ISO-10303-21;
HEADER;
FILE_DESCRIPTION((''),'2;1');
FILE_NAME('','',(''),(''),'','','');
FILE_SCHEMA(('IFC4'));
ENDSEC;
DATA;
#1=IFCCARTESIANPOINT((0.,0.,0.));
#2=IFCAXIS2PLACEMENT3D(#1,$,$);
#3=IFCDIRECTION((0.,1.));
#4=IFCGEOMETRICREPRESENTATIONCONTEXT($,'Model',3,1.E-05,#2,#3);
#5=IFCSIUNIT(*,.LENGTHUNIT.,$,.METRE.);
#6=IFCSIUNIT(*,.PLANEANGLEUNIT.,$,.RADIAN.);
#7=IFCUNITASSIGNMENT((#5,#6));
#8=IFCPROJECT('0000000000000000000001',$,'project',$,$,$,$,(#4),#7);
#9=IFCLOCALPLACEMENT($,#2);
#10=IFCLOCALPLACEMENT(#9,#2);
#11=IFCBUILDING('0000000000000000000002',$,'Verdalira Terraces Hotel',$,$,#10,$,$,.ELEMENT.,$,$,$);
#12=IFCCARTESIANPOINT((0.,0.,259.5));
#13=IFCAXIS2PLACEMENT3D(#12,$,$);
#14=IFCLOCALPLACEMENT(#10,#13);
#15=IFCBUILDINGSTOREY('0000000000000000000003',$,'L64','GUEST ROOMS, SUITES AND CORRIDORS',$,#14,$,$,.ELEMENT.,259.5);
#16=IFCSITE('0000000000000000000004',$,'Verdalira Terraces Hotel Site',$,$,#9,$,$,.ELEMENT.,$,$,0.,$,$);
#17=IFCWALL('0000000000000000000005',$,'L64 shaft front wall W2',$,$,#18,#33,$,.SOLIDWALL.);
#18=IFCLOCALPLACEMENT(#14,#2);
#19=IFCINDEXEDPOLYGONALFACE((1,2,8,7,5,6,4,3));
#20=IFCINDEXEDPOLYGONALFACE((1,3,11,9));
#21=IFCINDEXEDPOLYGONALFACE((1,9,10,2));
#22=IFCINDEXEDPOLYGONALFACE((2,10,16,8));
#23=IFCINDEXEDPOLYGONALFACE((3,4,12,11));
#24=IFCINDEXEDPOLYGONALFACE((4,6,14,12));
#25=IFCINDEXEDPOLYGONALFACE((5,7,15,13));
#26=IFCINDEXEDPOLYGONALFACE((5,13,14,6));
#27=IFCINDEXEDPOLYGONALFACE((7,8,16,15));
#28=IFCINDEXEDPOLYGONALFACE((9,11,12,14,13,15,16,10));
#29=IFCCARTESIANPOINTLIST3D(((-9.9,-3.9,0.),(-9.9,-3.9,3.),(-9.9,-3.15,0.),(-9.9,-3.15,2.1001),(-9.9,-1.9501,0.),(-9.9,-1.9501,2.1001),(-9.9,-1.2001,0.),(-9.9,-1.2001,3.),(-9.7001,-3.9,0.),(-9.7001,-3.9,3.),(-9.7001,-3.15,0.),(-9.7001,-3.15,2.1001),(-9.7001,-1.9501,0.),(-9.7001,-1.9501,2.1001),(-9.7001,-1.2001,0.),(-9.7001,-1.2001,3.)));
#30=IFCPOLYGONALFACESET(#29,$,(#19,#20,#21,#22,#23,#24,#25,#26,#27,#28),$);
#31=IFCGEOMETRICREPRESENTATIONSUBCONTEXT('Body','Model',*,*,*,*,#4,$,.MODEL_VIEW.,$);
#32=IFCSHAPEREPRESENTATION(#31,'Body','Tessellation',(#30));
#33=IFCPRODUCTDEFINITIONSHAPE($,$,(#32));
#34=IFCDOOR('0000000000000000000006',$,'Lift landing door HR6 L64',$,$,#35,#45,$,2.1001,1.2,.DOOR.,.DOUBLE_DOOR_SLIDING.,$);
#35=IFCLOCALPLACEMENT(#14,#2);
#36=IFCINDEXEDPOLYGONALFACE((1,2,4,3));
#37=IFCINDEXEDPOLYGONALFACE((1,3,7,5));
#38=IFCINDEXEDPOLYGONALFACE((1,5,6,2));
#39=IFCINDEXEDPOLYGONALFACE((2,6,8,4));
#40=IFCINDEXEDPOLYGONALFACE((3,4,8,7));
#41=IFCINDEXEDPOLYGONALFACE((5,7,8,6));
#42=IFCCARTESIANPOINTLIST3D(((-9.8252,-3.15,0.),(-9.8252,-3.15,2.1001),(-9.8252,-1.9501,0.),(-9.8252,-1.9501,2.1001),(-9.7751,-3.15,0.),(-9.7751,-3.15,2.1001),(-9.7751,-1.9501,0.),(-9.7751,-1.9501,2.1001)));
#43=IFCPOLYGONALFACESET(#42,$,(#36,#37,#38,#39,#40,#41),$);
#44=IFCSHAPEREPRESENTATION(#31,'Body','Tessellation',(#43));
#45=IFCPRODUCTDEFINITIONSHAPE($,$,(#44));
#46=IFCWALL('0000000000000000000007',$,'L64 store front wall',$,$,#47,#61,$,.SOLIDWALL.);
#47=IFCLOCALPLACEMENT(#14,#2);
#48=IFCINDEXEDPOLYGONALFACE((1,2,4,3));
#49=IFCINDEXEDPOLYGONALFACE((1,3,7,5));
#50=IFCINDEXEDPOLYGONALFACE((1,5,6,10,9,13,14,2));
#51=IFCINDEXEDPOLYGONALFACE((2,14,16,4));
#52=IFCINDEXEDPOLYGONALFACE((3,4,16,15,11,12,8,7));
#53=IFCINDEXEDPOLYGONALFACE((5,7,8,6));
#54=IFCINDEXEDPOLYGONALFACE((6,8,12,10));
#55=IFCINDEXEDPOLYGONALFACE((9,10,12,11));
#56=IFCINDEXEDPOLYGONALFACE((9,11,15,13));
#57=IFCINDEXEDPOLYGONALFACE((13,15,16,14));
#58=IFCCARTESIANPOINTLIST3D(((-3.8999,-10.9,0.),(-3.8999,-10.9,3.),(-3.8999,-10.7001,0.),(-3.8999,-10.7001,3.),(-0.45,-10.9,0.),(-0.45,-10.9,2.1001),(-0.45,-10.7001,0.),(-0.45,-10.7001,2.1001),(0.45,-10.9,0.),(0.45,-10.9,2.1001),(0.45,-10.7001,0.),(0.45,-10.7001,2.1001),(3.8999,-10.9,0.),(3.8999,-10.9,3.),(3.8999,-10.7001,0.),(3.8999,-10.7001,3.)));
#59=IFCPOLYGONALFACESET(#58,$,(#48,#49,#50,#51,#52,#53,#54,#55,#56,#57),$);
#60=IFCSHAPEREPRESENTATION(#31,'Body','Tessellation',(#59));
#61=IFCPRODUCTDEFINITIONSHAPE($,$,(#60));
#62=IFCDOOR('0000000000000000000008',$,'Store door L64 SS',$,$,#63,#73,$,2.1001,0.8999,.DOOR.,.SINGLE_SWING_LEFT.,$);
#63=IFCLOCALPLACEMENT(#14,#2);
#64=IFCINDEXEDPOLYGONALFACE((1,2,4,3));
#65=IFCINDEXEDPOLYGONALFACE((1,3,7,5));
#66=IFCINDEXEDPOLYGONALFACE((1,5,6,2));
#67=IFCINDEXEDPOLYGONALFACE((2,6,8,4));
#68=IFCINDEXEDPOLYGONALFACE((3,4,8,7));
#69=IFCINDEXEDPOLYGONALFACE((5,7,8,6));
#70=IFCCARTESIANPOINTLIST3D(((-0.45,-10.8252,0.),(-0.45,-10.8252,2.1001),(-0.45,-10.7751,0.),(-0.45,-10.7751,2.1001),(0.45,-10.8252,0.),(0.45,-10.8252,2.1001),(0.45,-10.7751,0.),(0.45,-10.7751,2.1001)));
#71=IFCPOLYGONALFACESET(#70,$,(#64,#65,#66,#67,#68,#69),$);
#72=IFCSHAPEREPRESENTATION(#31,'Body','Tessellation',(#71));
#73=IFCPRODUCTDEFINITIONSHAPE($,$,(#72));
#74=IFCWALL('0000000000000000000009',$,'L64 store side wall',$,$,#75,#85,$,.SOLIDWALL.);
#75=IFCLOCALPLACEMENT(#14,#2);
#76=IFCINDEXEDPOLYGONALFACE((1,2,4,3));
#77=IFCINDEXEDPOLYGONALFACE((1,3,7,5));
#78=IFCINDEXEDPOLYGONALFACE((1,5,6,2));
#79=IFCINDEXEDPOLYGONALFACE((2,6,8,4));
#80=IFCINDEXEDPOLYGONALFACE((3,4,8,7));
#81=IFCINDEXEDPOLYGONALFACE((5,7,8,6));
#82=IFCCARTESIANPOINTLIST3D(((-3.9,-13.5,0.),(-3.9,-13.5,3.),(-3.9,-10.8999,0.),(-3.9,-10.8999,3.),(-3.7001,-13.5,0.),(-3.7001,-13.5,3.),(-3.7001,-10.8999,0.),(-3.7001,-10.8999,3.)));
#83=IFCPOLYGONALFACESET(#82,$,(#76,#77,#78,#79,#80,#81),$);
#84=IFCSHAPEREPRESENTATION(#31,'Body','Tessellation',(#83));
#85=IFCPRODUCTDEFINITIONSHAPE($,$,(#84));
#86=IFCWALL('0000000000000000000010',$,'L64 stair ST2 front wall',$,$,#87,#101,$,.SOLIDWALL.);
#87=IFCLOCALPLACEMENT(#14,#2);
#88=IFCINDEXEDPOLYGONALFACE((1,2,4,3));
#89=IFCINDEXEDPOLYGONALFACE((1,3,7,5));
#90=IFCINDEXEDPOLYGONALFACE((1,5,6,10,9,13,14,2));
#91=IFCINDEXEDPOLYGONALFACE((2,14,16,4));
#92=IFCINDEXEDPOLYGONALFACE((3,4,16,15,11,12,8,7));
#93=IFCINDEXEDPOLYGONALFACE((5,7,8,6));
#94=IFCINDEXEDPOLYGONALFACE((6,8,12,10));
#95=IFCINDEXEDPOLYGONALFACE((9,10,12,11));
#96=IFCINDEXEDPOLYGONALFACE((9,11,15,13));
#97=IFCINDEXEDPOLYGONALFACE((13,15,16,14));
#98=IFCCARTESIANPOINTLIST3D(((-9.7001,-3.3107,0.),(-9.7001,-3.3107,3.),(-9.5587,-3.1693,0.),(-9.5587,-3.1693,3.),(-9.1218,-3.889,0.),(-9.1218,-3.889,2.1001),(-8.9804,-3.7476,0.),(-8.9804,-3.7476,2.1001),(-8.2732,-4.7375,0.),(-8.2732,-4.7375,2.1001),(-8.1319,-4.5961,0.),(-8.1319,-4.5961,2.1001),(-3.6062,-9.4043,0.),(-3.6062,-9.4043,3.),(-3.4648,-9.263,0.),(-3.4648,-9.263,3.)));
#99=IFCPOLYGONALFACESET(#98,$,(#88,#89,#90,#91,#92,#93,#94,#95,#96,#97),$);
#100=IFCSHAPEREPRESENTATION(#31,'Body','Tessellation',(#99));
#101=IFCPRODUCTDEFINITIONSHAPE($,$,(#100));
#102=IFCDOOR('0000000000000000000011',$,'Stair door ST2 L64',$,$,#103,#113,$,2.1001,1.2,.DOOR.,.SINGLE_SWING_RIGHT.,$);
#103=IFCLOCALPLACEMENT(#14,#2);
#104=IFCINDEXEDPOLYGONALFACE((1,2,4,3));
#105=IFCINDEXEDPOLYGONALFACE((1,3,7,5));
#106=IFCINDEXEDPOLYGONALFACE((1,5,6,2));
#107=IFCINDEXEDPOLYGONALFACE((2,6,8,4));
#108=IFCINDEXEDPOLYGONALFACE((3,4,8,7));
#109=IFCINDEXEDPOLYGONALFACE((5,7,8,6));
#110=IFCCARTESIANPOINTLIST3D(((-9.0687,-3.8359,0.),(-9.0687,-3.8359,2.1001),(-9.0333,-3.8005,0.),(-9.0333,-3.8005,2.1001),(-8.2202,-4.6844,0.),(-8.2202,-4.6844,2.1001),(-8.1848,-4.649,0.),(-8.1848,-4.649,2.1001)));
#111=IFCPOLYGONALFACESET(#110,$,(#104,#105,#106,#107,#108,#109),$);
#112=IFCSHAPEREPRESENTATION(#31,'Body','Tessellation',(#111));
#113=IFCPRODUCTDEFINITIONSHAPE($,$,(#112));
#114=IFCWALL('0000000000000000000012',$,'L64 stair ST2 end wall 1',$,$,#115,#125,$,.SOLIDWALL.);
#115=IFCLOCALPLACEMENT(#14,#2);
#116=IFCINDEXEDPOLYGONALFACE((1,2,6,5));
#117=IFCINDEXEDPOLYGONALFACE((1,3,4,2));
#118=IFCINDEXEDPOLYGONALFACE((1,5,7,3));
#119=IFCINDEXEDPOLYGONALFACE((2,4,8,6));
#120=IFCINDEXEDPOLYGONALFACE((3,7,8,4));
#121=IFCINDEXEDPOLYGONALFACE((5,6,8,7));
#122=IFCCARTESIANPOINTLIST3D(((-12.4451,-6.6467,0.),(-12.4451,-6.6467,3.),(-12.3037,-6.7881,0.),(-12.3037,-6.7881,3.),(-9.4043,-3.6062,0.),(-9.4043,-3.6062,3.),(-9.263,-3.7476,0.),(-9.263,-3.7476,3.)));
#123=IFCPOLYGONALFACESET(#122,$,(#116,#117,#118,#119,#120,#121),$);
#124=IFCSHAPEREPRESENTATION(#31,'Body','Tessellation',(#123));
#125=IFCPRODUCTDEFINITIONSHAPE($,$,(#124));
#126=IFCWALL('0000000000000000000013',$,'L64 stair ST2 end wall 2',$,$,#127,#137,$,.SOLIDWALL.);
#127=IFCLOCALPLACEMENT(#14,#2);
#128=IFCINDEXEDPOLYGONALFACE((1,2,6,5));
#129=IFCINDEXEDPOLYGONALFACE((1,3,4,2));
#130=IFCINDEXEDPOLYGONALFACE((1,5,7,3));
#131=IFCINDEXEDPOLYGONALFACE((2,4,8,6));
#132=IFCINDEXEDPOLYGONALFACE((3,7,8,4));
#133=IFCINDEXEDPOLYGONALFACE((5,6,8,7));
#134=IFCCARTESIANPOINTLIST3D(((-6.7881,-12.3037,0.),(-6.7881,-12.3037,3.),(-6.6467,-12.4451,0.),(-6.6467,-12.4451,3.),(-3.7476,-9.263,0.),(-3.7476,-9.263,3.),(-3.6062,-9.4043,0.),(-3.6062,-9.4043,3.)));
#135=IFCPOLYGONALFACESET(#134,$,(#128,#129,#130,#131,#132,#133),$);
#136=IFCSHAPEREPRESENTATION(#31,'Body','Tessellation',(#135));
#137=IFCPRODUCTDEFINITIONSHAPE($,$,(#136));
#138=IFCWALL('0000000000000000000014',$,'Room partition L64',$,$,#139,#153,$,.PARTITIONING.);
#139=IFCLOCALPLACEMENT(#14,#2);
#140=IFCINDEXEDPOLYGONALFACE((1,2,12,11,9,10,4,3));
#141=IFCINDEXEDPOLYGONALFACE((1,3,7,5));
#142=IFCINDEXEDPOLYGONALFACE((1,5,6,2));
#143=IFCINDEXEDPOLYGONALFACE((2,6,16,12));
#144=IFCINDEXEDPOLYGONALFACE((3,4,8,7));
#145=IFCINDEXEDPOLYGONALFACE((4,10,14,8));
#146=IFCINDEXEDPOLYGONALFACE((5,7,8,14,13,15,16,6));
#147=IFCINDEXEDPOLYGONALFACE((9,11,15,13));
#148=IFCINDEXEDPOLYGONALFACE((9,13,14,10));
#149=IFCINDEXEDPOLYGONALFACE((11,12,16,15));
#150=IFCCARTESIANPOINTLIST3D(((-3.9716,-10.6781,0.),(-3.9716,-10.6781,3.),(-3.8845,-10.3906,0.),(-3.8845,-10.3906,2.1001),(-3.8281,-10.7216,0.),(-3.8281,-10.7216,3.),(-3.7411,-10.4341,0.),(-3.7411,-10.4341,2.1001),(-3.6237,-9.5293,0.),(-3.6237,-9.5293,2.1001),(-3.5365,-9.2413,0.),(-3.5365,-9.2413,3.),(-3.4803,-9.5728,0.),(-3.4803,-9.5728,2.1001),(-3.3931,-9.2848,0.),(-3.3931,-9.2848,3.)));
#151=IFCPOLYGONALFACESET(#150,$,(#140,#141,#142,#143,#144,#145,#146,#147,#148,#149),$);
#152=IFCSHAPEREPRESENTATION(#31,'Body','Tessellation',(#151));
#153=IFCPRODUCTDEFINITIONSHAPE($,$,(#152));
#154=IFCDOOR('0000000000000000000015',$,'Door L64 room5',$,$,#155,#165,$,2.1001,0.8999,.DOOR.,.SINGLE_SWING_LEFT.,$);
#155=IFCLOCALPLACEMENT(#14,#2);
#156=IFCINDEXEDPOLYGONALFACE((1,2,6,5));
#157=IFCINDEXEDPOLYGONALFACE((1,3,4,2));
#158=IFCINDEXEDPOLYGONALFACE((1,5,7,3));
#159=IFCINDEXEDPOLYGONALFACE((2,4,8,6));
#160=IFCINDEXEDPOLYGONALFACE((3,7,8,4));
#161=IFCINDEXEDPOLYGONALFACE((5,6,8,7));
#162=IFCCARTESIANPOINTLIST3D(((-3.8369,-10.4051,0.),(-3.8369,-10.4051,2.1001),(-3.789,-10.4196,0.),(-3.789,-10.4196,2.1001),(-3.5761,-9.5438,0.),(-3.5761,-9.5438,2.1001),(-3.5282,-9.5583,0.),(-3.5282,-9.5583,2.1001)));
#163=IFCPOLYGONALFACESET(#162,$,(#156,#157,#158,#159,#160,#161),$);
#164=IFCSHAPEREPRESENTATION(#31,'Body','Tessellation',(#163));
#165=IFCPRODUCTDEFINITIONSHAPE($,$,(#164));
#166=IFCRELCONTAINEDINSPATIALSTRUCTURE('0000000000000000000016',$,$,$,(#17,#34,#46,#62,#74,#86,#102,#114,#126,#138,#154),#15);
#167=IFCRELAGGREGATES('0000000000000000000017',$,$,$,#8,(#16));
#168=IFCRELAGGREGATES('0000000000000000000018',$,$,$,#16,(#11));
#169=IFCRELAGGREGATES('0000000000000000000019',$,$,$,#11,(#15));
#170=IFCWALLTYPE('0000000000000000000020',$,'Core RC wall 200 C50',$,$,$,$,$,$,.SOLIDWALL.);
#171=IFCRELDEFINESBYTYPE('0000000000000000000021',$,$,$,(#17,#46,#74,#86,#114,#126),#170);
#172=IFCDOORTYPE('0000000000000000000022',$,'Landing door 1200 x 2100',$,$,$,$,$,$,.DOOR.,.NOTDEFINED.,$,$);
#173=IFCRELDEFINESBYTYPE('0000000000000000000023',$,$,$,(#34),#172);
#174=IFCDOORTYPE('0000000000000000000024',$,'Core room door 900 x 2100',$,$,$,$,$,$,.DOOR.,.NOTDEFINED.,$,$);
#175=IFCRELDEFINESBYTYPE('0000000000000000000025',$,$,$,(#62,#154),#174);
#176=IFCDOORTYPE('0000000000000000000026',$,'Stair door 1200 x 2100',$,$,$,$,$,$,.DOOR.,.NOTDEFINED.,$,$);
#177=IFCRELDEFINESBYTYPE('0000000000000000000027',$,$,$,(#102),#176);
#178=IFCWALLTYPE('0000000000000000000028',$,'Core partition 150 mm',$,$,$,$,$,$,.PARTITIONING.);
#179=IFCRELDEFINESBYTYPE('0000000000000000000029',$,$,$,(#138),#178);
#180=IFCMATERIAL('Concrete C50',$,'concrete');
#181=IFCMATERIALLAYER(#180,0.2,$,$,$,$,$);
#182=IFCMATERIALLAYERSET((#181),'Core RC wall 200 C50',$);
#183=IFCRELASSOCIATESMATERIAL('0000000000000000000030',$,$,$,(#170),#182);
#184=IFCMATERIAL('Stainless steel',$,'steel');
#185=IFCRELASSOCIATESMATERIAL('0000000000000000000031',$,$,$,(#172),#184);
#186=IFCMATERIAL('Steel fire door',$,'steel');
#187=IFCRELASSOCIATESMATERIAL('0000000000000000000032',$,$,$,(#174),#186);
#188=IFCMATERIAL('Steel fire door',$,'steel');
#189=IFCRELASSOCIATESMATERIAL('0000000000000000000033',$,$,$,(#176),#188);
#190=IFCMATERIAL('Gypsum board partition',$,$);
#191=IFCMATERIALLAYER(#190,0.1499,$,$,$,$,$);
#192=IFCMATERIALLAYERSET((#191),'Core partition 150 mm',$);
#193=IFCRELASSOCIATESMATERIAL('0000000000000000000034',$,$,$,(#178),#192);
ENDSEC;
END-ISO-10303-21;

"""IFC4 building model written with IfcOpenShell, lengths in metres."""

from ifc_helpers import new_model, si_unit, direction, frame, frame_2d, origin, place, context, subcontext, project, spatial, rectangle, extrude, material, layer, layer_set, type_object, element, fill, save


model = new_model("IFC4")

# Units and contexts
model_context = context("Model", 3, precision=1e-05, world=origin(), true_north=direction((0.0, 1.0)))
body_context = subcontext(model_context, "Body", "Model", "MODEL_VIEW")
ifc_project = project(units=[si_unit("LENGTHUNIT", "METRE"), si_unit("PLANEANGLEUNIT", "RADIAN")], contexts=[model_context])

# Site, building, storey
site_placement = place(None, origin())
site = spatial("IfcSite", under=ifc_project, at=site_placement, Name="Verdalira Terraces Hotel Site", CompositionType="ELEMENT", RefElevation=0.0)
building_placement = place(site_placement, origin())
building = spatial("IfcBuilding", under=site, at=building_placement, Name="Verdalira Terraces Hotel", CompositionType="ELEMENT")
storey_placement = place(building_placement, frame((0.0, 0.0, 259.5)))
storey = spatial("IfcBuildingStorey", under=building, at=storey_placement, Name="L64", Description="GUEST ROOMS, SUITES AND CORRIDORS", CompositionType="ELEMENT", Elevation=259.5)

# Walls, openings, doors
ifc_material_1 = material(Name="Concrete C50", Category="concrete")
ifc_layer_1 = layer(ifc_material_1, 0.2)
ifc_layer_set_1 = layer_set([ifc_layer_1], Name="Core RC wall 200 C50")
wall_type_1 = type_object("IfcWallType", Name="Core RC wall 200 C50", PredefinedType="SOLIDWALL", material=ifc_layer_set_1)
wall_1_placement = place(storey_placement, frame((-9.8, -1.2, 0.0), z_axis=(0.0, 0.0, 1.0), x_axis=(0.0, -1.0, 0.0)))
wall_1 = element("IfcWall", 1, at=wall_1_placement, inside=storey, type_object=wall_type_1, Name="L64 shaft front wall W2", PredefinedType="SOLIDWALL", context=body_context, shape_type="SweptSolid", body=[
    extrude(rectangle(XDim=2.7, YDim=0.2, at=frame_2d((1.3501, 0.0))), origin(), (0.0, 0.0, 1.0), 3.0),
])
opening_1_placement = place(wall_1_placement, frame((0.75, 0.0, 0.0)))
opening_1 = element("IfcOpeningElement", 2, at=opening_1_placement, cuts=wall_1, PredefinedType="OPENING", context=body_context, shape_type="SweptSolid", body=[
    extrude(rectangle(XDim=1.2, YDim=2.1001, at=frame_2d((0.6001, 1.05))), frame((0.0, 0.1099, 0.0), z_axis=(0.0, -1.0, 0.0), x_axis=(1.0, 0.0, 0.0)), (0.0, 0.0, 1.0), 0.22),
])
ifc_material_2 = material(Name="Stainless steel", Category="steel")
door_type_1 = type_object("IfcDoorType", Name="Landing door 1200 x 2100", OperationType="NOTDEFINED", PredefinedType="DOOR", material=ifc_material_2)
door_1_placement = place(opening_1_placement, origin())
door_1 = element("IfcDoor", 3, at=door_1_placement, inside=storey, type_object=door_type_1, Name="Lift landing door HR6 L64", OperationType="DOUBLE_DOOR_SLIDING", OverallHeight=2.1001, OverallWidth=1.2, PredefinedType="DOOR", context=body_context, shape_type="SweptSolid", body=[
    extrude(rectangle(XDim=1.2, YDim=2.1001, at=frame_2d((0.6001, 1.05))), frame((0.0, 0.0249, 0.0), z_axis=(0.0, -1.0, 0.0), x_axis=(1.0, 0.0, 0.0)), (0.0, 0.0, 1.0), 0.05),
])
fill(opening_1, door_1)
wall_2_placement = place(storey_placement, frame((-3.8999, -10.8, 0.0), z_axis=(0.0, 0.0, 1.0), x_axis=(1.0, 0.0, 0.0)))
wall_2 = element("IfcWall", 4, at=wall_2_placement, inside=storey, type_object=wall_type_1, Name="L64 store front wall", PredefinedType="SOLIDWALL", context=body_context, shape_type="SweptSolid", body=[
    extrude(rectangle(XDim=7.7998, YDim=0.2, at=frame_2d((3.8999, 0.0))), origin(), (0.0, 0.0, 1.0), 3.0),
])
opening_2_placement = place(wall_2_placement, frame((3.45, 0.0, 0.0)))
opening_2 = element("IfcOpeningElement", 5, at=opening_2_placement, cuts=wall_2, PredefinedType="OPENING", context=body_context, shape_type="SweptSolid", body=[
    extrude(rectangle(XDim=0.8999, YDim=2.1001, at=frame_2d((0.45, 1.05))), frame((0.0, 0.1099, 0.0), z_axis=(0.0, -1.0, 0.0), x_axis=(1.0, 0.0, 0.0)), (0.0, 0.0, 1.0), 0.22),
])
ifc_material_3 = material(Name="Steel fire door", Category="steel")
door_type_2 = type_object("IfcDoorType", Name="Core room door 900 x 2100", OperationType="NOTDEFINED", PredefinedType="DOOR", material=ifc_material_3)
door_2_placement = place(opening_2_placement, origin())
door_2 = element("IfcDoor", 6, at=door_2_placement, inside=storey, type_object=door_type_2, Name="Store door L64 SS", OperationType="SINGLE_SWING_LEFT", OverallHeight=2.1001, OverallWidth=0.8999, PredefinedType="DOOR", context=body_context, shape_type="SweptSolid", body=[
    extrude(rectangle(XDim=0.8999, YDim=2.1001, at=frame_2d((0.45, 1.05))), frame((0.0, 0.0249, 0.0), z_axis=(0.0, -1.0, 0.0), x_axis=(1.0, 0.0, 0.0)), (0.0, 0.0, 1.0), 0.05),
])
fill(opening_2, door_2)

# Wall
wall_3_placement = place(storey_placement, frame((-3.8, -10.8999, 0.0), z_axis=(0.0, 0.0, 1.0), x_axis=(0.0, -1.0, 0.0)))
element("IfcWall", 7, at=wall_3_placement, inside=storey, type_object=wall_type_1, Name="L64 store side wall", PredefinedType="SOLIDWALL", context=body_context, shape_type="SweptSolid", body=[
    extrude(rectangle(XDim=2.6001, YDim=0.2, at=frame_2d((1.3, 0.0))), origin(), (0.0, 0.0, 1.0), 3.0),
])

# Wall, opening, door
wall_4_placement = place(storey_placement, frame((-3.5354, -9.3337, 0.0), z_axis=(0.0, 0.0, 1.0), x_axis=(-0.707121, 0.707093, 0.0)))
wall_4 = element("IfcWall", 8, at=wall_4_placement, inside=storey, type_object=wall_type_1, Name="L64 stair ST2 front wall", PredefinedType="SOLIDWALL", context=body_context, shape_type="SweptSolid", body=[
    extrude(rectangle(XDim=8.6179, YDim=0.2, at=frame_2d((4.3091, 0.0))), origin(), (0.0, 0.0, 1.0), 3.0),
])
opening_3_placement = place(wall_4_placement, frame((6.6001, 0.0, 0.0)))
opening_3 = element("IfcOpeningElement", 9, at=opening_3_placement, cuts=wall_4, PredefinedType="OPENING", context=body_context, shape_type="SweptSolid", body=[
    extrude(rectangle(XDim=1.2, YDim=2.1001, at=frame_2d((0.6001, 1.05))), frame((0.0, 0.1099, 0.0), z_axis=(0.0, -1.0, 0.0), x_axis=(1.0, 0.0, 0.0)), (0.0, 0.0, 1.0), 0.22),
])
ifc_material_4 = material(Name="Steel fire door", Category="steel")
door_type_3 = type_object("IfcDoorType", Name="Stair door 1200 x 2100", OperationType="NOTDEFINED", PredefinedType="DOOR", material=ifc_material_4)
door_3_placement = place(opening_3_placement, origin())
door_3 = element("IfcDoor", 10, at=door_3_placement, inside=storey, type_object=door_type_3, Name="Stair door ST2 L64", OperationType="SINGLE_SWING_RIGHT", OverallHeight=2.1001, OverallWidth=1.2, PredefinedType="DOOR", context=body_context, shape_type="SweptSolid", body=[
    extrude(rectangle(XDim=1.2, YDim=2.1001, at=frame_2d((0.6001, 1.05))), frame((0.0, 0.0249, 0.0), z_axis=(0.0, -1.0, 0.0), x_axis=(1.0, 0.0, 0.0)), (0.0, 0.0, 1.0), 0.05),
])
fill(opening_3, door_3)

# Walls
for number, where, z_axis, x_axis, name in (
    (11, (-9.3337, -3.677, 0.0), (0.0, 0.0, 1.0), (-0.707135, -0.707078, 0.0), "L64 stair ST2 end wall 1"),
    (12, (-3.677, -9.3337, 0.0), (0.0, 0.0, 1.0), (-0.707078, -0.707135, 0.0), "L64 stair ST2 end wall 2"),
):
    element("IfcWall", number, at=place(storey_placement, frame(where, z_axis=z_axis, x_axis=x_axis)), inside=storey, type_object=wall_type_1, Name=name, PredefinedType="SOLIDWALL", context=body_context, shape_type="SweptSolid", body=[
        extrude(rectangle(XDim=4.3, YDim=0.2, at=frame_2d((2.1499, 0.0))), origin(), (0.0, 0.0, 1.0), 3.0),
    ])

# Wall, opening, door
ifc_material_5 = material(Name="Gypsum board partition")
ifc_layer_2 = layer(ifc_material_5, 0.1499)
ifc_layer_set_2 = layer_set([ifc_layer_2], Name="Core partition 150 mm")
wall_type_2 = type_object("IfcWallType", Name="Core partition 150 mm", PredefinedType="PARTITIONING", material=ifc_layer_set_2)
wall_5_placement = place(storey_placement, frame((-3.4648, -9.2632, 0.0), z_axis=(0.0, 0.0, 1.0), x_axis=(-0.289809, -0.957085, 0.0)))
wall_5 = element("IfcWall", 13, at=wall_5_placement, inside=storey, type_object=wall_type_2, Name="Room partition L64", PredefinedType="PARTITIONING", context=body_context, shape_type="SweptSolid", body=[
    extrude(rectangle(XDim=1.5012, YDim=0.1499, at=frame_2d((0.7505, 0.0))), origin(), (0.0, 0.0, 1.0), 3.0),
])
opening_4_placement = place(wall_5_placement, frame((0.3008, 0.0, 0.0)))
opening_4 = element("IfcOpeningElement", 14, at=opening_4_placement, cuts=wall_5, PredefinedType="OPENING", context=body_context, shape_type="SweptSolid", body=[
    extrude(rectangle(XDim=0.8999, YDim=2.1001, at=frame_2d((0.45, 1.05))), frame((0.0, 0.085, 0.0), z_axis=(0.0, -1.0, 0.0), x_axis=(1.0, 0.0, 0.0)), (0.0, 0.0, 1.0), 0.1699),
])
door_4_placement = place(opening_4_placement, origin())
door_4 = element("IfcDoor", 15, at=door_4_placement, inside=storey, type_object=door_type_2, Name="Door L64 room5", OperationType="SINGLE_SWING_LEFT", OverallHeight=2.1001, OverallWidth=0.8999, PredefinedType="DOOR", context=body_context, shape_type="SweptSolid", body=[
    extrude(rectangle(XDim=0.8999, YDim=2.1001, at=frame_2d((0.45, 1.05))), frame((0.0, 0.0249, 0.0), z_axis=(0.0, -1.0, 0.0), x_axis=(1.0, 0.0, 0.0)), (0.0, 0.0, 1.0), 0.05),
])
fill(opening_4, door_4)

save(model, "model.ifc")
